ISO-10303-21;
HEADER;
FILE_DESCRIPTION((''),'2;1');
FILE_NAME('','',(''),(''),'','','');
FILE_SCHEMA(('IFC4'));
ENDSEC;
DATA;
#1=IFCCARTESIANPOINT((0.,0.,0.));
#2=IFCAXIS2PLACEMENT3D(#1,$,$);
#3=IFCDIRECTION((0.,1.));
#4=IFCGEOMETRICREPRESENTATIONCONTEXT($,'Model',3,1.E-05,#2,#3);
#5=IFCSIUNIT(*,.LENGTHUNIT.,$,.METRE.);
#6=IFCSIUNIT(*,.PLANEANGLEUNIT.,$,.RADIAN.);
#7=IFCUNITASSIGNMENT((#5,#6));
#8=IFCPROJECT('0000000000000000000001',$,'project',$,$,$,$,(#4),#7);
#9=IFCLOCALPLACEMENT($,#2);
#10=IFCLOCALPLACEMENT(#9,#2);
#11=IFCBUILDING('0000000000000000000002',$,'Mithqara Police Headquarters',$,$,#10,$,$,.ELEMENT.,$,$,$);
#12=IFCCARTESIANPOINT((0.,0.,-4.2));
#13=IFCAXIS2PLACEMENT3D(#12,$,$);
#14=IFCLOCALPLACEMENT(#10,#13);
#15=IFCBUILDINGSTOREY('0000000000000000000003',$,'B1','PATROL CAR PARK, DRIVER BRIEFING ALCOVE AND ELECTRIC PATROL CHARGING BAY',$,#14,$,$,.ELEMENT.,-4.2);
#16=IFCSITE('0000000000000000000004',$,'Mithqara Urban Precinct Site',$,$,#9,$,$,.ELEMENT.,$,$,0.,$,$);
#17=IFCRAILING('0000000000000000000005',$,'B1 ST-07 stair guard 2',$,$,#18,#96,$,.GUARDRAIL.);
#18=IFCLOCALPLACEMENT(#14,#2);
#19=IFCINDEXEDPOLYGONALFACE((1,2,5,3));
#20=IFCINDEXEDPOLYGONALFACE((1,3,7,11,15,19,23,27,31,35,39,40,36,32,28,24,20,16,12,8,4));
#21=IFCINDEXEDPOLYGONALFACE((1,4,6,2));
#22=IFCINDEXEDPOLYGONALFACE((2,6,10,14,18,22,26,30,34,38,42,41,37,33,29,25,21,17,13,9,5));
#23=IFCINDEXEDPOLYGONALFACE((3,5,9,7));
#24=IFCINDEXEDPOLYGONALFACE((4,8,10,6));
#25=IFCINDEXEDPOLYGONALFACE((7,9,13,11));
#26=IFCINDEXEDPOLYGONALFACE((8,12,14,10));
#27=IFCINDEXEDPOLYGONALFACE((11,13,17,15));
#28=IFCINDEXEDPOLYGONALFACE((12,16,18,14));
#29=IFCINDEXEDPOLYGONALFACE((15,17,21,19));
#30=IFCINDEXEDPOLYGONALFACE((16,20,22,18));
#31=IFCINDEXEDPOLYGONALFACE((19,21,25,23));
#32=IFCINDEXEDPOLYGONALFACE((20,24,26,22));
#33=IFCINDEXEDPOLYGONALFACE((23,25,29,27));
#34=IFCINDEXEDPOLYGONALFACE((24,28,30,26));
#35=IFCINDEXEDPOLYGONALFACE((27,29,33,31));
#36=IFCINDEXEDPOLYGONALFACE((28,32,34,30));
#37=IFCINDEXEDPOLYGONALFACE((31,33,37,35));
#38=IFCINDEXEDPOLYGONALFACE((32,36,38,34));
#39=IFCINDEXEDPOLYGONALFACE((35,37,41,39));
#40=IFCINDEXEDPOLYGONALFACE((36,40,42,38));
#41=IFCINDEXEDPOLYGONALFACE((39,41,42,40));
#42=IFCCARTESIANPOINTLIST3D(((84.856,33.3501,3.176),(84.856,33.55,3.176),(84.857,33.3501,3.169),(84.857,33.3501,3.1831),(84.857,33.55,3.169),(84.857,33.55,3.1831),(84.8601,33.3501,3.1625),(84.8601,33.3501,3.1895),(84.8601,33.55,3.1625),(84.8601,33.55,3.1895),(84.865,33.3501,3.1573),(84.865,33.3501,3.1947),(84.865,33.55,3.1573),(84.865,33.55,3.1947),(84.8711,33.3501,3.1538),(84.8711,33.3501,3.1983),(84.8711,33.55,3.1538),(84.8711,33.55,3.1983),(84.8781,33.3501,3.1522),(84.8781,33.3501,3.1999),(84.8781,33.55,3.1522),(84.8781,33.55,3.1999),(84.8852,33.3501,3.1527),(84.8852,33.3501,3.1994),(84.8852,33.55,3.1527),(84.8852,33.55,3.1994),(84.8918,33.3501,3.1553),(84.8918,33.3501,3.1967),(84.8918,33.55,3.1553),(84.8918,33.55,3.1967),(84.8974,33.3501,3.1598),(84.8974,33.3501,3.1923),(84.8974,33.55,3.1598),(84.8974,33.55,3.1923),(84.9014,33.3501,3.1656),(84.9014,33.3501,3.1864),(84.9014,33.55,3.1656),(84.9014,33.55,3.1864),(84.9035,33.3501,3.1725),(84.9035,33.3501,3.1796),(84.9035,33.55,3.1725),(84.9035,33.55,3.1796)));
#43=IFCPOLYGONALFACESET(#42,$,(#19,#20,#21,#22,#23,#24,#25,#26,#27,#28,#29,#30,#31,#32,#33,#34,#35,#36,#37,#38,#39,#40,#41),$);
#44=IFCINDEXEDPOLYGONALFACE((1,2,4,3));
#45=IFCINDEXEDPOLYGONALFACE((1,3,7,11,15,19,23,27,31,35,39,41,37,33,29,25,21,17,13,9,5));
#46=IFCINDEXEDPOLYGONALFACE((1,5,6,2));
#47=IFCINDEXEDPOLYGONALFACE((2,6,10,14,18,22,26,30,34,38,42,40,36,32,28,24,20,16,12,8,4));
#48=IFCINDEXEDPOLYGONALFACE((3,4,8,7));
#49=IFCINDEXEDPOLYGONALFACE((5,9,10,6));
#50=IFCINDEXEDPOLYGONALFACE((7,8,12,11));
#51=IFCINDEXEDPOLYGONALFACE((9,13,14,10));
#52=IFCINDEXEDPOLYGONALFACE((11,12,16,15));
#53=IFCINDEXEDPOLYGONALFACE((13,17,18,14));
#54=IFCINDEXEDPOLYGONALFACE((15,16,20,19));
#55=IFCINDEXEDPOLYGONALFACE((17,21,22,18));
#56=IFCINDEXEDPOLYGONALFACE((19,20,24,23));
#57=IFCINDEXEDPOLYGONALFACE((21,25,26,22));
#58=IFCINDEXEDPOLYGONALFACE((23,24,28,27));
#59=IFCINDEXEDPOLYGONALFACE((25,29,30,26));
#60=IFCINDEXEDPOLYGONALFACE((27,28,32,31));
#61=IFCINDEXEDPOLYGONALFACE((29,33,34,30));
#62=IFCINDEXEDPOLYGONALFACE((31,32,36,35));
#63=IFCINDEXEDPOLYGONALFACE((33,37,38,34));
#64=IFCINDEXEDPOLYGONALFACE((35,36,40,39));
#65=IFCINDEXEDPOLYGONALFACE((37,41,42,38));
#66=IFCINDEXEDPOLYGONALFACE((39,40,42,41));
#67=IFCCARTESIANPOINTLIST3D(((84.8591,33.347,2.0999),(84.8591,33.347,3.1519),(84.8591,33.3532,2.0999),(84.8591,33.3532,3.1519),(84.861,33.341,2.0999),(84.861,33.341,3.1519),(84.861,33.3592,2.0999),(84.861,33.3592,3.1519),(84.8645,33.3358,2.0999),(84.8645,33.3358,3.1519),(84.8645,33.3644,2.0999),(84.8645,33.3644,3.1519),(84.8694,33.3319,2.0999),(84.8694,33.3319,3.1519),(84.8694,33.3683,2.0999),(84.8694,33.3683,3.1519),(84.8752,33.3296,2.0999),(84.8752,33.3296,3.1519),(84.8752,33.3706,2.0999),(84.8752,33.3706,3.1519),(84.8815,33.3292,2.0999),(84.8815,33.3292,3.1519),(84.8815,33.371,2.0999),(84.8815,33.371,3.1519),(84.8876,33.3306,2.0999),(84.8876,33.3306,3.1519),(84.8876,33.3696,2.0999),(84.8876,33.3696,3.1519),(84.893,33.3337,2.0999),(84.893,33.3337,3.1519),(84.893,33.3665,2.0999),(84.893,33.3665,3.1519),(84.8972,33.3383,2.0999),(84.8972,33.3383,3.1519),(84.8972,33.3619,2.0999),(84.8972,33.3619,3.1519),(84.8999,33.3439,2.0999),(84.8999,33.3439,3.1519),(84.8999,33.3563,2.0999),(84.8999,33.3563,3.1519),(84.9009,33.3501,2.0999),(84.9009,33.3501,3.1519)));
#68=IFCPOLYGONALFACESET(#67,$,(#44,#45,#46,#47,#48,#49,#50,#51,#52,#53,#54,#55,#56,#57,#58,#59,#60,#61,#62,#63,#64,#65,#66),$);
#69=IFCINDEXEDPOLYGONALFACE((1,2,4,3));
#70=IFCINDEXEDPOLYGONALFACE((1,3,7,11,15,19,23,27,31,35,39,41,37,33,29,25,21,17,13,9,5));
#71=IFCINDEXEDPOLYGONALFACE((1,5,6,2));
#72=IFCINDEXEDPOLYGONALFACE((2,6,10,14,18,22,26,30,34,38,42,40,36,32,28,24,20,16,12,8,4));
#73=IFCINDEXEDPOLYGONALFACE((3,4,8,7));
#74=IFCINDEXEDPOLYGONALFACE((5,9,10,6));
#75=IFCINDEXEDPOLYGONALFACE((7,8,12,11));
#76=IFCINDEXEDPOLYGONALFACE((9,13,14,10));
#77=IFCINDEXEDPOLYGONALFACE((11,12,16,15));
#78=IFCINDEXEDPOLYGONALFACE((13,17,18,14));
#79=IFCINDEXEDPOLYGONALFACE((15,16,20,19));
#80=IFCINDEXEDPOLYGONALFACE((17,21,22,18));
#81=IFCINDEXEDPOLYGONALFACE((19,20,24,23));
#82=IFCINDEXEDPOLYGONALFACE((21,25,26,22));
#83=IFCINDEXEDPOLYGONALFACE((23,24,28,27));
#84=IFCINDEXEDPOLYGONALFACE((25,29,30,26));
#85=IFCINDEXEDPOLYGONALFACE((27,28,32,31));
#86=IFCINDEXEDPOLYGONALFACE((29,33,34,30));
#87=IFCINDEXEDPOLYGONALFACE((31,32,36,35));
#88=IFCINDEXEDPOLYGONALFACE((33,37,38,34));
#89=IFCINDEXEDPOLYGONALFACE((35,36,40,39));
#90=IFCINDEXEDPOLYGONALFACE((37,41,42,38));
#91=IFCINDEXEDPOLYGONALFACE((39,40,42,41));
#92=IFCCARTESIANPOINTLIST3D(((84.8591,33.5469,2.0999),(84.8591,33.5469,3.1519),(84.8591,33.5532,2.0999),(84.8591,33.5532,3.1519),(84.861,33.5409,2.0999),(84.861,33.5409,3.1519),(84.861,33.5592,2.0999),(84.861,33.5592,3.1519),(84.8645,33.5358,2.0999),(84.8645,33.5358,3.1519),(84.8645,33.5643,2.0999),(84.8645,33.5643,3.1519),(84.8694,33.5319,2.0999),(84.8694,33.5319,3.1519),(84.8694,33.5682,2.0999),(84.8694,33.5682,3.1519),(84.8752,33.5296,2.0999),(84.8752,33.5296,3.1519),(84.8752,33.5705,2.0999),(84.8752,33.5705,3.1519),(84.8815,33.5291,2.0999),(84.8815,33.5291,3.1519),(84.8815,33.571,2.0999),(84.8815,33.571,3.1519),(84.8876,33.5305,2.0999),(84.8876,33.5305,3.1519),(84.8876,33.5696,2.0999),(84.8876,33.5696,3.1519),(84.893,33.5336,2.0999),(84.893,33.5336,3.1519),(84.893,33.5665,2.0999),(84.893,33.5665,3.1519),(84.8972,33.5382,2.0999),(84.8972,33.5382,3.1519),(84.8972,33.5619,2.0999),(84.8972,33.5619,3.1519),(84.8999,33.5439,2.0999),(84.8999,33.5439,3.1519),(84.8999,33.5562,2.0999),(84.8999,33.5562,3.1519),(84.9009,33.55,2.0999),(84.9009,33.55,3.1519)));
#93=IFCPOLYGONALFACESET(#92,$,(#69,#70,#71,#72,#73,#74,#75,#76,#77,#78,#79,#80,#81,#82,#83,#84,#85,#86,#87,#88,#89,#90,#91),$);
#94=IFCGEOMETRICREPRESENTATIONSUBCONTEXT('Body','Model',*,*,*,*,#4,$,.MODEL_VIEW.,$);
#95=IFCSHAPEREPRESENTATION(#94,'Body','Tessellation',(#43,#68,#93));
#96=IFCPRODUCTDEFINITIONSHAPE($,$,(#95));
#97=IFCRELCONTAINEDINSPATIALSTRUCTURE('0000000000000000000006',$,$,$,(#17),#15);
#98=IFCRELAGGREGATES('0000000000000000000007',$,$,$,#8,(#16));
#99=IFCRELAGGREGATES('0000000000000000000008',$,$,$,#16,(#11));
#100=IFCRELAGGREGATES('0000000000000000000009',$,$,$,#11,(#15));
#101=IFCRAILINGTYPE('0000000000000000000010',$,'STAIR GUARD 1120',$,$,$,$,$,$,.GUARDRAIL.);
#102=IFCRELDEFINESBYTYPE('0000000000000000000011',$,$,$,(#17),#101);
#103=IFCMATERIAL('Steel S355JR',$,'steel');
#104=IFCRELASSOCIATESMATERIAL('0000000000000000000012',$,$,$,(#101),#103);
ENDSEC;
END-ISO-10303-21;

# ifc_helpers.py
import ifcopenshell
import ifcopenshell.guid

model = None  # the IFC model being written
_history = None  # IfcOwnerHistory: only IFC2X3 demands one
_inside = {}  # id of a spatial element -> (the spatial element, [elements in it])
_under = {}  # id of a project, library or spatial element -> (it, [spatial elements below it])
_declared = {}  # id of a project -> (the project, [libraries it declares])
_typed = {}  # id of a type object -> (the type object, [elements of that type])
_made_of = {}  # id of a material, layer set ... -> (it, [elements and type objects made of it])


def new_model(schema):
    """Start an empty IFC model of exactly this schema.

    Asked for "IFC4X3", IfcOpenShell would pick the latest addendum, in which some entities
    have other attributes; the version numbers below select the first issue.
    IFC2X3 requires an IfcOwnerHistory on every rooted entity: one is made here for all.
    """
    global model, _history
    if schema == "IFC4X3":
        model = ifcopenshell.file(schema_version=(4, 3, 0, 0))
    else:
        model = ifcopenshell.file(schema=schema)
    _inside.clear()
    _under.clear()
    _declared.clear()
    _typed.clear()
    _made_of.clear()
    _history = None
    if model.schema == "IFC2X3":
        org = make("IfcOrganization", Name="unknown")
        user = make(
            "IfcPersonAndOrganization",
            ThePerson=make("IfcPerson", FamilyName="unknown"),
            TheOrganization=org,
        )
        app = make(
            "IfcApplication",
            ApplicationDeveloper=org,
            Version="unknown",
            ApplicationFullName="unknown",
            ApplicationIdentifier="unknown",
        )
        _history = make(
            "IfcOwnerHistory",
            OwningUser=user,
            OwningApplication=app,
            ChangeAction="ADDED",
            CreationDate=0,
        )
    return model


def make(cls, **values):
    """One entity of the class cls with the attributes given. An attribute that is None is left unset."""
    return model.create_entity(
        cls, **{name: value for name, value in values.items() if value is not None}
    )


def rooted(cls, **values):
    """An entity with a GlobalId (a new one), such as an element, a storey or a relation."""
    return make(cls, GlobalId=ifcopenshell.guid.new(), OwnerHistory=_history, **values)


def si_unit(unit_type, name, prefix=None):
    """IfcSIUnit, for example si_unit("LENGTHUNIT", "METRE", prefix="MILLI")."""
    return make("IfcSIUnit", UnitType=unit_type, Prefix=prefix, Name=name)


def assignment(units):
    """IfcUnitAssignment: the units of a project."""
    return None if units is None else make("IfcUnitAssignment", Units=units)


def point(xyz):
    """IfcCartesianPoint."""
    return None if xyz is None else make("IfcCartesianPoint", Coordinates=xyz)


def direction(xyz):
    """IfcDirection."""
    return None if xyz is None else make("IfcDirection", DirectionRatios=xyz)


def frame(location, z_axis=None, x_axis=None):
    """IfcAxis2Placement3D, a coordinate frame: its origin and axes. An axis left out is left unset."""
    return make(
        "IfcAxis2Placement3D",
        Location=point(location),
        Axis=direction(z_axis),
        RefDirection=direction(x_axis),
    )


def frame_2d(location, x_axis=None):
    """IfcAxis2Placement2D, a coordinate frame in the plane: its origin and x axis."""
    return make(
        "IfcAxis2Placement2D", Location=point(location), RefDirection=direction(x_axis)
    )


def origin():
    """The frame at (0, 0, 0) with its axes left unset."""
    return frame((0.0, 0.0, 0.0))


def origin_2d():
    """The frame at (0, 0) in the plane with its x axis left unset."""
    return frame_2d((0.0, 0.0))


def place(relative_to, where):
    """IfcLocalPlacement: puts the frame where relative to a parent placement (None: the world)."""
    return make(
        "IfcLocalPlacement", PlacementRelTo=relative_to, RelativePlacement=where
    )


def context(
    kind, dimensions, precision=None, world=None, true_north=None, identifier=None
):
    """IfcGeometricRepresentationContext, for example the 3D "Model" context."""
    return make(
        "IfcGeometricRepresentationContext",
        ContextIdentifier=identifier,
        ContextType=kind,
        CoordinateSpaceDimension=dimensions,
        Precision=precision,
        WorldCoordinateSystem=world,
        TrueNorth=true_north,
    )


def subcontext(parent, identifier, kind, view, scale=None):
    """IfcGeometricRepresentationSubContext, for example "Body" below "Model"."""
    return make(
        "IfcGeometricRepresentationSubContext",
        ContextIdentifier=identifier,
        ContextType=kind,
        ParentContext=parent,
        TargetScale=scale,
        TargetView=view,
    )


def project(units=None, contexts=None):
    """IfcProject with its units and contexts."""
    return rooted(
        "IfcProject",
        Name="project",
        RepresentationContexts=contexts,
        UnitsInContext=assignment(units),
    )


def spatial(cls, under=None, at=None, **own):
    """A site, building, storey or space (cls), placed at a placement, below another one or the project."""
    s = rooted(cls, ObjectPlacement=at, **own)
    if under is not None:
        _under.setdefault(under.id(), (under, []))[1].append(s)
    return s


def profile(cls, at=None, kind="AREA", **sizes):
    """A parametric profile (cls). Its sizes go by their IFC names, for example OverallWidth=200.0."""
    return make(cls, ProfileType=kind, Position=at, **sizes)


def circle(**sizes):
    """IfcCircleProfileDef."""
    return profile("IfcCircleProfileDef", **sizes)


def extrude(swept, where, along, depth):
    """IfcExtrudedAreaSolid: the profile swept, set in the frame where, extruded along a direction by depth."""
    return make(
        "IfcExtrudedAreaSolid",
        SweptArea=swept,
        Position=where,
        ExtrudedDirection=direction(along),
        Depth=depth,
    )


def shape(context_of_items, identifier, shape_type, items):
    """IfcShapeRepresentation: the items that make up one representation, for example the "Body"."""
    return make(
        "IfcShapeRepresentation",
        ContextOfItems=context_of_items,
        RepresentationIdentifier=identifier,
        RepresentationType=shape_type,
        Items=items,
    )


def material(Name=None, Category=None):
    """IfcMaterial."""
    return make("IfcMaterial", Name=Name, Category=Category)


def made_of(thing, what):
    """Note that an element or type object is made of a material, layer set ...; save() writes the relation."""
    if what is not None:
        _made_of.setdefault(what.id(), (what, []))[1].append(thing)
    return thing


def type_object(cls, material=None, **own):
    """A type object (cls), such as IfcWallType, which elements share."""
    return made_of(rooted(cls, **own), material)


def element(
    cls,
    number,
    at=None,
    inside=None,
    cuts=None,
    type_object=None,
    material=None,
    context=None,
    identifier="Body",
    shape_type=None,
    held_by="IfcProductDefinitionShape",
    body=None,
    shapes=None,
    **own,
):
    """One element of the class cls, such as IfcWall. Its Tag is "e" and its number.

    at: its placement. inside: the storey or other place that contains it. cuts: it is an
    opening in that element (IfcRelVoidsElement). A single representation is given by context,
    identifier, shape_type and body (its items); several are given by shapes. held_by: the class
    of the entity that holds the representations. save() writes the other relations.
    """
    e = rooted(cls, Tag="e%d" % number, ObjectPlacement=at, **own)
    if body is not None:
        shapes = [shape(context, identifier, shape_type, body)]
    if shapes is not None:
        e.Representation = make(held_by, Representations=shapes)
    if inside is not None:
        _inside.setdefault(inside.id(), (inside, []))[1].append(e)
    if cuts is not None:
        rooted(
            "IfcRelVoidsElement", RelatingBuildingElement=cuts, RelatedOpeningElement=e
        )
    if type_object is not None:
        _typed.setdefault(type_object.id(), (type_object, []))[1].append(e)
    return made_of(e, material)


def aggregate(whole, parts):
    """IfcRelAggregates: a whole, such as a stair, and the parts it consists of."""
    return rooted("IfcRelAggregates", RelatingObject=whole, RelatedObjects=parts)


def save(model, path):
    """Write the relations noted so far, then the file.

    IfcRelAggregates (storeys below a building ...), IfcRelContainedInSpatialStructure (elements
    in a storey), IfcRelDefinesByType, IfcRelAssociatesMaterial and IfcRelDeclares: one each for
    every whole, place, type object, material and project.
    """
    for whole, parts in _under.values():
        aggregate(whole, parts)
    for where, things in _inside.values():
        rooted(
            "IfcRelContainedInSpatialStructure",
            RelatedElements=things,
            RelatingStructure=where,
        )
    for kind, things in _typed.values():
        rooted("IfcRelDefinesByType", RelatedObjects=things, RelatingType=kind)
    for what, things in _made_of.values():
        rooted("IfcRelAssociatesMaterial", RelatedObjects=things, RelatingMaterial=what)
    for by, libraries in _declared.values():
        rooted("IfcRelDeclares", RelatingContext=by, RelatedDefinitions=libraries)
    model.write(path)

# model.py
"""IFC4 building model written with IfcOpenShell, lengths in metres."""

from ifc_helpers import new_model, si_unit, direction, frame, origin, origin_2d, place, context, subcontext, project, spatial, circle, extrude, material, type_object, element, save


model = new_model("IFC4")

# Units and contexts
model_context = context("Model", 3, precision=1e-05, world=origin(), true_north=direction((0.0, 1.0)))
body_context = subcontext(model_context, "Body", "Model", "MODEL_VIEW")
ifc_project = project(units=[si_unit("LENGTHUNIT", "METRE"), si_unit("PLANEANGLEUNIT", "RADIAN")], contexts=[model_context])

# Site, building, storey
site_placement = place(None, origin())
site = spatial("IfcSite", under=ifc_project, at=site_placement, Name="Mithqara Urban Precinct Site", CompositionType="ELEMENT", RefElevation=0.0)
building_placement = place(site_placement, origin())
building = spatial("IfcBuilding", under=site, at=building_placement, Name="Mithqara Police Headquarters", CompositionType="ELEMENT")
storey_placement = place(building_placement, frame((0.0, 0.0, -4.2)))
storey = spatial("IfcBuildingStorey", under=building, at=storey_placement, Name="B1", Description="PATROL CAR PARK, DRIVER BRIEFING ALCOVE AND ELECTRIC PATROL CHARGING BAY", CompositionType="ELEMENT", Elevation=-4.2)

# Railing
ifc_material_1 = material(Name="Steel S355JR", Category="steel")
railing_type_1 = type_object("IfcRailingType", Name="STAIR GUARD 1120", PredefinedType="GUARDRAIL", material=ifc_material_1)
railing_1_placement = place(storey_placement, frame((84.8799, 33.3501, 2.0999)))
element("IfcRailing", 1, at=railing_1_placement, inside=storey, type_object=railing_type_1, Name="B1 ST-07 stair guard 2", PredefinedType="GUARDRAIL", context=body_context, shape_type="SweptSolid", body=[
    extrude(circle(Radius=0.0239, at=origin_2d()), frame((0.0, 0.0, 1.0762), z_axis=(0.0, 1.0, 0.0), x_axis=(-1.0, 0.0, 0.0)), (0.0, 0.0, 1.0), 0.2),
    extrude(circle(Radius=0.021, at=origin_2d()), origin(), (0.0, 0.0, 1.0), 1.052),
    extrude(circle(Radius=0.021, at=origin_2d()), frame((0.0, 0.2, 0.0)), (0.0, 0.0, 1.0), 1.052),
])

save(model, "model.ifc")
